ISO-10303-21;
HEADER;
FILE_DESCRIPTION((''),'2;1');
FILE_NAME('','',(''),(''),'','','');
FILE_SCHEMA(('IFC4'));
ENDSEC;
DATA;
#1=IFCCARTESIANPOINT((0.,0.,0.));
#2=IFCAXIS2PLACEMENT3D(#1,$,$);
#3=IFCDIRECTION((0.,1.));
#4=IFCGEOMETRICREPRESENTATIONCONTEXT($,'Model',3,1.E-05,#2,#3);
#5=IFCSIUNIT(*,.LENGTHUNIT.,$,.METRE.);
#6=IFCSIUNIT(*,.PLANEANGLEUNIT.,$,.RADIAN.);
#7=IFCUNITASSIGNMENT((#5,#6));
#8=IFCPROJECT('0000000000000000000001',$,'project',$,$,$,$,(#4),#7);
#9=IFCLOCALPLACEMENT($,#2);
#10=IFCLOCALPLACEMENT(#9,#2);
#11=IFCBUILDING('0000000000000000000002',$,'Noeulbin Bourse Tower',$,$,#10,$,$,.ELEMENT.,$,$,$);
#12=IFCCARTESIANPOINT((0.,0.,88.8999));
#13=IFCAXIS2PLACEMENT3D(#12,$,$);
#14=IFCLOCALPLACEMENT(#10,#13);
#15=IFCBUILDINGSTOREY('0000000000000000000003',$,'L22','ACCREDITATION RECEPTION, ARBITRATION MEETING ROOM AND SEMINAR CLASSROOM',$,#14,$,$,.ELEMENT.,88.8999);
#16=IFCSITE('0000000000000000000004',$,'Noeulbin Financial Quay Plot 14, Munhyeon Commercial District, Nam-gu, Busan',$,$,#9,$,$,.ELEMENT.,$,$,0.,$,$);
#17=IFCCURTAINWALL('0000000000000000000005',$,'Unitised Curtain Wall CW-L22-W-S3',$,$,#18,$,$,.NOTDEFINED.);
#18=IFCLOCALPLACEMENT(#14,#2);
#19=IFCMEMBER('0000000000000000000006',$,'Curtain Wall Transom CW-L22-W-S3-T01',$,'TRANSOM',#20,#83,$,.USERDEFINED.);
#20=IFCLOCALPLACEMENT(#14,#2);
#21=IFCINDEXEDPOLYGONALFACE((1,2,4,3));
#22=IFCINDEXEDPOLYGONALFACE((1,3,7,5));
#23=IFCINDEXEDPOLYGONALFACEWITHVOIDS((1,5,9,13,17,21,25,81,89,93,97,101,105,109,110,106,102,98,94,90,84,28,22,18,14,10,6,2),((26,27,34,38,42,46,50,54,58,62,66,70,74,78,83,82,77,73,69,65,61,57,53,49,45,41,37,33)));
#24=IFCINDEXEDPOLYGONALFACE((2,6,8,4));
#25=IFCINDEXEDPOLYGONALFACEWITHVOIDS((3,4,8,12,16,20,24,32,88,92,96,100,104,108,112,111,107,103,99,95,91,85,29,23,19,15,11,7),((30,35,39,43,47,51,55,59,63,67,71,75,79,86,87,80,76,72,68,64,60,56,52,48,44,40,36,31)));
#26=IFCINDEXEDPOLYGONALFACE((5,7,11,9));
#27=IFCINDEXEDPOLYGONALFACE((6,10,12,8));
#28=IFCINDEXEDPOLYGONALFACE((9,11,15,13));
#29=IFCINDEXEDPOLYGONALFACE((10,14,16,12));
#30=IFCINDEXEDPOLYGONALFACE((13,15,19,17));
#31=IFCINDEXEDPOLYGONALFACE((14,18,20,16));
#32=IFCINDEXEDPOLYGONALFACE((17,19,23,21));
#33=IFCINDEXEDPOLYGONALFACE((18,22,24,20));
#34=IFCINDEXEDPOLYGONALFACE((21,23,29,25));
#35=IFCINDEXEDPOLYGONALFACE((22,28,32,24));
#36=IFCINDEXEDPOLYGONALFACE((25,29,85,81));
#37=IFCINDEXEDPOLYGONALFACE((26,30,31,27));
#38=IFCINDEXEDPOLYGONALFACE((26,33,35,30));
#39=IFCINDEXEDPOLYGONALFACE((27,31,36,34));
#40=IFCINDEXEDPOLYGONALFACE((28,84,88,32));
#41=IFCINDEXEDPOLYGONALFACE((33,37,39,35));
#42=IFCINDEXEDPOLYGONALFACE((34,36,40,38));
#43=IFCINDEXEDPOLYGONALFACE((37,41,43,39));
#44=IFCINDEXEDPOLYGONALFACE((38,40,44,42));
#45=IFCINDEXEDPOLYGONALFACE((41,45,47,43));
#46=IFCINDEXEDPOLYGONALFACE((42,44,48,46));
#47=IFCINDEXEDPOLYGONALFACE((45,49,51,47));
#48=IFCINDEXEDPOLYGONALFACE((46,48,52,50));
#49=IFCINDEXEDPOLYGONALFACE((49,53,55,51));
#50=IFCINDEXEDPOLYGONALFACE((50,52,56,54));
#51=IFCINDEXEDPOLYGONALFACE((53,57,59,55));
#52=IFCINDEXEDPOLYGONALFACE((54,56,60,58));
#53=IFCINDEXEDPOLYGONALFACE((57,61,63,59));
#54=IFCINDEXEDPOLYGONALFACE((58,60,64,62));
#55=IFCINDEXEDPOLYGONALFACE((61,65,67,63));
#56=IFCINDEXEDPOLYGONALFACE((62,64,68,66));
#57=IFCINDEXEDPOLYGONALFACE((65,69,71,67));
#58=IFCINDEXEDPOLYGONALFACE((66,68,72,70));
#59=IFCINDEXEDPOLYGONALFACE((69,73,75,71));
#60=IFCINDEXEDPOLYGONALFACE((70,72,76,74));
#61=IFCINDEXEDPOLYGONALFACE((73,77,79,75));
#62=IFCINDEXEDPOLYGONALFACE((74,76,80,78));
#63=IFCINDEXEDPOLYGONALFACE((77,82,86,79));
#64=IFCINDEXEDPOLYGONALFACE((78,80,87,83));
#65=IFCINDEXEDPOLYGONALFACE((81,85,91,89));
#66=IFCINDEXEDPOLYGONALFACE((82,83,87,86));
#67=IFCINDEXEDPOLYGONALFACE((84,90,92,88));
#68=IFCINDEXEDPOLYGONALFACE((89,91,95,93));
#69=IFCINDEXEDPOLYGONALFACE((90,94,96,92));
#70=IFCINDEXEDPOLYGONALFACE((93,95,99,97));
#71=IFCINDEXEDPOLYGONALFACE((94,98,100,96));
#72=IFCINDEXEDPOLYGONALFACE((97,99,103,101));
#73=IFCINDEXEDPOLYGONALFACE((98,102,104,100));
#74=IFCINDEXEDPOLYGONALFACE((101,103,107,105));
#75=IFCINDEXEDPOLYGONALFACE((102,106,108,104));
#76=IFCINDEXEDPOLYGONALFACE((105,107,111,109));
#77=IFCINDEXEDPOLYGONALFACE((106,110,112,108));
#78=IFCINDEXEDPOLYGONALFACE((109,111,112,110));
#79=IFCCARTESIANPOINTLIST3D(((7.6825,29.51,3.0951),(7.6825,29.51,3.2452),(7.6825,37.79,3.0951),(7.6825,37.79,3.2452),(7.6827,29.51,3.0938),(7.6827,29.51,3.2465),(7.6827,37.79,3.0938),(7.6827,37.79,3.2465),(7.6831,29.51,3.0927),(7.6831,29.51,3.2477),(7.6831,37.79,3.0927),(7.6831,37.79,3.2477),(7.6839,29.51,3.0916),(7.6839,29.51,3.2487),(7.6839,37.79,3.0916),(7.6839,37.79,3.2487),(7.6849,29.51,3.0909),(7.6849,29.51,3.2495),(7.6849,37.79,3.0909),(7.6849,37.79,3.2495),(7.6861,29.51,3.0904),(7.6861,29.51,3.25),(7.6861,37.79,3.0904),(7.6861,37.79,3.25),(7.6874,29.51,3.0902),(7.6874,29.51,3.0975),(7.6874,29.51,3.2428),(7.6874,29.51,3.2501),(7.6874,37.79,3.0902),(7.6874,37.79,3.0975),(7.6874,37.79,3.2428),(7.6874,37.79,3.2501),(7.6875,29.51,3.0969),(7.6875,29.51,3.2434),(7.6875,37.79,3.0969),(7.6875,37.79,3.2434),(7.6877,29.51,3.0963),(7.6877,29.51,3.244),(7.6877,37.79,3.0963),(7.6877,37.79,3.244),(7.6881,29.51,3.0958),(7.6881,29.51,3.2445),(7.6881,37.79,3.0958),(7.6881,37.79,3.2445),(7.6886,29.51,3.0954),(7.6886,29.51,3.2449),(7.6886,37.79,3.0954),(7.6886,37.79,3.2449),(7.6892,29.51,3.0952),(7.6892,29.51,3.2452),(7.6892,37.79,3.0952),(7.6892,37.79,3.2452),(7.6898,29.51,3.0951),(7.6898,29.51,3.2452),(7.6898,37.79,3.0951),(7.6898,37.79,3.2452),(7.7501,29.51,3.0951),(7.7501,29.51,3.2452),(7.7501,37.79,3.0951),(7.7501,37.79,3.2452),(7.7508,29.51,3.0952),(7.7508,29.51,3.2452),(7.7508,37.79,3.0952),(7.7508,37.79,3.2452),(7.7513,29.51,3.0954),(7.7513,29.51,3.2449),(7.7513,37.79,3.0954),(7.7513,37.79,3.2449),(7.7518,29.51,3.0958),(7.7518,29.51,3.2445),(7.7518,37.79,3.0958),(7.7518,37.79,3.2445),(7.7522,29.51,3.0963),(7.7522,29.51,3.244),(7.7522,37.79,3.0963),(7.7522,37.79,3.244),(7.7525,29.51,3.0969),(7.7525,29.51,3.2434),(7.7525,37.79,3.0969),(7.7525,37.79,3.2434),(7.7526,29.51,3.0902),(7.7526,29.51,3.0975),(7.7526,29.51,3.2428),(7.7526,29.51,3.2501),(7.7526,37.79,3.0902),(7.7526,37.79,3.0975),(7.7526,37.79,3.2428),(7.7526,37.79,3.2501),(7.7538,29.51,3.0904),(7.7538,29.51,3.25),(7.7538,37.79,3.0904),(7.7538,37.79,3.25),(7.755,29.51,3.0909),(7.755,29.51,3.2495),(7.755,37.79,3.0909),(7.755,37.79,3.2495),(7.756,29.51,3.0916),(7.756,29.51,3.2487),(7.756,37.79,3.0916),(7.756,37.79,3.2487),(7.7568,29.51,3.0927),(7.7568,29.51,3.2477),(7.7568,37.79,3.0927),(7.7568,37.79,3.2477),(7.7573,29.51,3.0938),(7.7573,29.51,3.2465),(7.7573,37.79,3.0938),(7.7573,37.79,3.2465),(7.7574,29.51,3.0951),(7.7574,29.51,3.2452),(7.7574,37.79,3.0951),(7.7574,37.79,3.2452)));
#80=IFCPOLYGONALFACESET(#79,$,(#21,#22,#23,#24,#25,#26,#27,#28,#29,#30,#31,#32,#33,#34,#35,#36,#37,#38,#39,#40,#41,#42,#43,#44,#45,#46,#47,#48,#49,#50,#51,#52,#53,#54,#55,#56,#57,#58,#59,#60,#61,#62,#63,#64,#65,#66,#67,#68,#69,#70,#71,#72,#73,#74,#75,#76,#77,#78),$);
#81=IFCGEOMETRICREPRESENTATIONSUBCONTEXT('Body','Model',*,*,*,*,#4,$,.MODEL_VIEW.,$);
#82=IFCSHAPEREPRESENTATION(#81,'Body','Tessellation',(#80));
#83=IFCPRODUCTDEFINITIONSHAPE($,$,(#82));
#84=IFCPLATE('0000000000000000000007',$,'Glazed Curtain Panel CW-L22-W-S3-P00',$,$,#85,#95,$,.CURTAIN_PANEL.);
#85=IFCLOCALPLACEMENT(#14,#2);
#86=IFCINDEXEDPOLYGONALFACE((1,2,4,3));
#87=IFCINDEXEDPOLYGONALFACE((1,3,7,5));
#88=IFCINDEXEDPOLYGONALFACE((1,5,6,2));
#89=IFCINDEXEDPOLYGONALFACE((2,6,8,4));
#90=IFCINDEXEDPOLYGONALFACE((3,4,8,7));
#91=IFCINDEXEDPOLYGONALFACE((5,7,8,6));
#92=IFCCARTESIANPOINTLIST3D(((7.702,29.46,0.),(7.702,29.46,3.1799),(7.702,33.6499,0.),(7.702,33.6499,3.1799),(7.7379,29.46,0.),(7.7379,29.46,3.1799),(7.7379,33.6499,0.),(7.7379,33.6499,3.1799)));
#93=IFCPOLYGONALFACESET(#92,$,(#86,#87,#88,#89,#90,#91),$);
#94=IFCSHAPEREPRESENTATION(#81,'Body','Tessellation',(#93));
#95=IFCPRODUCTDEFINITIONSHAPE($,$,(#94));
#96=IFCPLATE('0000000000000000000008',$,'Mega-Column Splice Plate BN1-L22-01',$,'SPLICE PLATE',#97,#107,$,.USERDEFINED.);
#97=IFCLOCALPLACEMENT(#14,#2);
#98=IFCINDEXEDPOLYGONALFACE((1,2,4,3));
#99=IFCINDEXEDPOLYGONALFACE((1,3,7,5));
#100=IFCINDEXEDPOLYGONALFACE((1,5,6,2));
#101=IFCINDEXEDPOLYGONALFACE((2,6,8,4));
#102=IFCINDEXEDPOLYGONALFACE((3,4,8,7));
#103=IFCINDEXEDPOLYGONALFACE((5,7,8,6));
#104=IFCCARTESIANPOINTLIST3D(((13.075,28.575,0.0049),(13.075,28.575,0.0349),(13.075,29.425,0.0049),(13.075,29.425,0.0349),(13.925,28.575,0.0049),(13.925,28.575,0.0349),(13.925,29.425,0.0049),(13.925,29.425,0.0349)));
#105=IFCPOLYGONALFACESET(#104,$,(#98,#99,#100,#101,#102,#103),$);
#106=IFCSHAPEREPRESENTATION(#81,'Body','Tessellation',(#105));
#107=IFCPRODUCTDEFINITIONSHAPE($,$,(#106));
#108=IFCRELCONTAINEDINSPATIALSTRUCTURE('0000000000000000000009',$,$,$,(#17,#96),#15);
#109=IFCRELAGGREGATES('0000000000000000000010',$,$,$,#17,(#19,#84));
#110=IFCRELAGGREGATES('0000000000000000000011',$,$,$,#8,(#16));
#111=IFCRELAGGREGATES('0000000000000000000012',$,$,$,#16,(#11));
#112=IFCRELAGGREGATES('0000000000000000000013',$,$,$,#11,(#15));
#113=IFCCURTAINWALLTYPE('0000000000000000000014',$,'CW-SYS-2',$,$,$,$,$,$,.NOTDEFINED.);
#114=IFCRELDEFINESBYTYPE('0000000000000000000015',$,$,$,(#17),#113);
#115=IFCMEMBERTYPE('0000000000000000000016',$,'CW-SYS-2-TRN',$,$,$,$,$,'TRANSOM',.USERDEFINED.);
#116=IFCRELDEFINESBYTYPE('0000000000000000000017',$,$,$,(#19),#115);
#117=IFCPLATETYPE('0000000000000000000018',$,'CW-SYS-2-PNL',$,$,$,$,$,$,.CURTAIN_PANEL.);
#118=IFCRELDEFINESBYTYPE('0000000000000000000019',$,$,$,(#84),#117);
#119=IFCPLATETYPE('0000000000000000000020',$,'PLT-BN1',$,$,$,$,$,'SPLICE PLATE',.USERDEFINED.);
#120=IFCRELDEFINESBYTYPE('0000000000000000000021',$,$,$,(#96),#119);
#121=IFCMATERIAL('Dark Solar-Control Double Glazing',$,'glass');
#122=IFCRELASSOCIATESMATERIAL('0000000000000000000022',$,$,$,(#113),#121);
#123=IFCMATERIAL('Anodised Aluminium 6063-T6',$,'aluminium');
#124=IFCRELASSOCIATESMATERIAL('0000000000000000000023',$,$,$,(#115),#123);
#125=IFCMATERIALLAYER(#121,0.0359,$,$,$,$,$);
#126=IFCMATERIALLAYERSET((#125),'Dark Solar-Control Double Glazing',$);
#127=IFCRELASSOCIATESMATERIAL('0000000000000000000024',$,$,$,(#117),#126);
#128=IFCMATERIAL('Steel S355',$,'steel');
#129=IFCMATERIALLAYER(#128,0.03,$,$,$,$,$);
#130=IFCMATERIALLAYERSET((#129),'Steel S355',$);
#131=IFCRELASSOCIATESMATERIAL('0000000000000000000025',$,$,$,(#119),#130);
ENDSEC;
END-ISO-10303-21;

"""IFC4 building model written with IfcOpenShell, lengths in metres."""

from ifc_helpers import new_model, si_unit, direction, frame, origin, origin_2d, place, context, subcontext, project, spatial, rectangle, hollow_rectangle, extrude, material, layer, layer_set, material_profile, profile_set, type_object, element, aggregate, save


model = new_model("IFC4")

# Units and contexts
model_context = context("Model", 3, precision=1e-05, world=origin(), true_north=direction((0.0, 1.0)))
body_context = subcontext(model_context, "Body", "Model", "MODEL_VIEW")
ifc_project = project(units=[si_unit("LENGTHUNIT", "METRE"), si_unit("PLANEANGLEUNIT", "RADIAN")], contexts=[model_context])

# Site, building, storey
site_placement = place(None, origin())
site = spatial("IfcSite", under=ifc_project, at=site_placement, Name="Noeulbin Financial Quay Plot 14, Munhyeon Commercial District, Nam-gu, Busan", CompositionType="ELEMENT", RefElevation=0.0)
building_placement = place(site_placement, origin())
building = spatial("IfcBuilding", under=site, at=building_placement, Name="Noeulbin Bourse Tower", CompositionType="ELEMENT")
storey_placement = place(building_placement, frame((0.0, 0.0, 88.8999)))
storey = spatial("IfcBuildingStorey", under=building, at=storey_placement, Name="L22", Description="ACCREDITATION RECEPTION, ARBITRATION MEETING ROOM AND SEMINAR CLASSROOM", CompositionType="ELEMENT", Elevation=88.8999)

# Shared definitions
ifc_material_1 = material(Name="Steel S355", Category="steel")

# Curtain wall, member, plate
ifc_material_2 = material(Name="Dark Solar-Control Double Glazing", Category="glass")
curtain_wall_type = type_object("IfcCurtainWallType", Name="CW-SYS-2", PredefinedType="NOTDEFINED", material=ifc_material_2)
curtain_wall_placement = place(storey_placement, origin())
curtain_wall = element("IfcCurtainWall", 1, at=curtain_wall_placement, inside=storey, type_object=curtain_wall_type, Name="Unitised Curtain Wall CW-L22-W-S3", PredefinedType="NOTDEFINED")
ifc_material_3 = material(Name="Anodised Aluminium 6063-T6", Category="aluminium")
ifc_material_profile_1 = material_profile(ifc_material_3, hollow_rectangle(XDim=0.075, YDim=0.1599, WallThickness=0.0049, InnerFilletRadius=0.0024, OuterFilletRadius=0.0049, at=origin_2d()), Name="ALU-TRAN-75x160x5", Category="LoadBearing")
ifc_profile_set_1 = profile_set([ifc_material_profile_1], Name="Anodised Aluminium 6063-T6")
member_type_1 = type_object("IfcMemberType", Name="CW-SYS-2-TRN", ElementType="TRANSOM", PredefinedType="USERDEFINED", material=ifc_profile_set_1)
member_1_placement = place(storey_placement, frame((7.72, 29.51, 3.1702), z_axis=(0.0, 1.0, 0.0), x_axis=(-1.0, 0.0, 0.0)))
member_1 = element("IfcMember", 2, at=member_1_placement, type_object=member_type_1, Name="Curtain Wall Transom CW-L22-W-S3-T01", ObjectType="TRANSOM", PredefinedType="USERDEFINED", context=body_context, shape_type="SweptSolid", body=[
    extrude(hollow_rectangle(XDim=0.075, YDim=0.1599, WallThickness=0.0049, InnerFilletRadius=0.0024, OuterFilletRadius=0.0049, at=origin_2d()), origin(), (0.0, 0.0, 1.0), 8.28),
])
ifc_layer_1 = layer(ifc_material_2, 0.0359)
ifc_layer_set_1 = layer_set([ifc_layer_1], Name="Dark Solar-Control Double Glazing")
plate_type_1 = type_object("IfcPlateType", Name="CW-SYS-2-PNL", PredefinedType="CURTAIN_PANEL", material=ifc_layer_set_1)
plate_1_placement = place(storey_placement, frame((7.72, 31.5549, 0.0), z_axis=(0.0, 0.0, 1.0), x_axis=(0.0, 1.0, 0.0)))
plate_1 = element("IfcPlate", 3, at=plate_1_placement, type_object=plate_type_1, Name="Glazed Curtain Panel CW-L22-W-S3-P00", PredefinedType="CURTAIN_PANEL", context=body_context, shape_type="SweptSolid", body=[
    extrude(rectangle(XDim=4.1899, YDim=0.0359, at=origin_2d()), origin(), (0.0, 0.0, 1.0), 3.1799),
])
aggregate(curtain_wall, [member_1, plate_1])

# Plate
ifc_layer_2 = layer(ifc_material_1, 0.03)
ifc_layer_set_2 = layer_set([ifc_layer_2], Name="Steel S355")
plate_type_2 = type_object("IfcPlateType", Name="PLT-BN1", ElementType="SPLICE PLATE", PredefinedType="USERDEFINED", material=ifc_layer_set_2)
plate_2_placement = place(storey_placement, frame((13.5, 29.0, 0.0049), z_axis=(0.0, 0.0, 1.0), x_axis=(1.0, 0.0, 0.0)))
element("IfcPlate", 4, at=plate_2_placement, inside=storey, type_object=plate_type_2, Name="Mega-Column Splice Plate BN1-L22-01", ObjectType="SPLICE PLATE", PredefinedType="USERDEFINED", context=body_context, shape_type="SweptSolid", body=[
    extrude(rectangle(XDim=0.8501, YDim=0.8501, at=origin_2d()), origin(), (0.0, 0.0, 1.0), 0.03),
])

save(model, "model.ifc")
